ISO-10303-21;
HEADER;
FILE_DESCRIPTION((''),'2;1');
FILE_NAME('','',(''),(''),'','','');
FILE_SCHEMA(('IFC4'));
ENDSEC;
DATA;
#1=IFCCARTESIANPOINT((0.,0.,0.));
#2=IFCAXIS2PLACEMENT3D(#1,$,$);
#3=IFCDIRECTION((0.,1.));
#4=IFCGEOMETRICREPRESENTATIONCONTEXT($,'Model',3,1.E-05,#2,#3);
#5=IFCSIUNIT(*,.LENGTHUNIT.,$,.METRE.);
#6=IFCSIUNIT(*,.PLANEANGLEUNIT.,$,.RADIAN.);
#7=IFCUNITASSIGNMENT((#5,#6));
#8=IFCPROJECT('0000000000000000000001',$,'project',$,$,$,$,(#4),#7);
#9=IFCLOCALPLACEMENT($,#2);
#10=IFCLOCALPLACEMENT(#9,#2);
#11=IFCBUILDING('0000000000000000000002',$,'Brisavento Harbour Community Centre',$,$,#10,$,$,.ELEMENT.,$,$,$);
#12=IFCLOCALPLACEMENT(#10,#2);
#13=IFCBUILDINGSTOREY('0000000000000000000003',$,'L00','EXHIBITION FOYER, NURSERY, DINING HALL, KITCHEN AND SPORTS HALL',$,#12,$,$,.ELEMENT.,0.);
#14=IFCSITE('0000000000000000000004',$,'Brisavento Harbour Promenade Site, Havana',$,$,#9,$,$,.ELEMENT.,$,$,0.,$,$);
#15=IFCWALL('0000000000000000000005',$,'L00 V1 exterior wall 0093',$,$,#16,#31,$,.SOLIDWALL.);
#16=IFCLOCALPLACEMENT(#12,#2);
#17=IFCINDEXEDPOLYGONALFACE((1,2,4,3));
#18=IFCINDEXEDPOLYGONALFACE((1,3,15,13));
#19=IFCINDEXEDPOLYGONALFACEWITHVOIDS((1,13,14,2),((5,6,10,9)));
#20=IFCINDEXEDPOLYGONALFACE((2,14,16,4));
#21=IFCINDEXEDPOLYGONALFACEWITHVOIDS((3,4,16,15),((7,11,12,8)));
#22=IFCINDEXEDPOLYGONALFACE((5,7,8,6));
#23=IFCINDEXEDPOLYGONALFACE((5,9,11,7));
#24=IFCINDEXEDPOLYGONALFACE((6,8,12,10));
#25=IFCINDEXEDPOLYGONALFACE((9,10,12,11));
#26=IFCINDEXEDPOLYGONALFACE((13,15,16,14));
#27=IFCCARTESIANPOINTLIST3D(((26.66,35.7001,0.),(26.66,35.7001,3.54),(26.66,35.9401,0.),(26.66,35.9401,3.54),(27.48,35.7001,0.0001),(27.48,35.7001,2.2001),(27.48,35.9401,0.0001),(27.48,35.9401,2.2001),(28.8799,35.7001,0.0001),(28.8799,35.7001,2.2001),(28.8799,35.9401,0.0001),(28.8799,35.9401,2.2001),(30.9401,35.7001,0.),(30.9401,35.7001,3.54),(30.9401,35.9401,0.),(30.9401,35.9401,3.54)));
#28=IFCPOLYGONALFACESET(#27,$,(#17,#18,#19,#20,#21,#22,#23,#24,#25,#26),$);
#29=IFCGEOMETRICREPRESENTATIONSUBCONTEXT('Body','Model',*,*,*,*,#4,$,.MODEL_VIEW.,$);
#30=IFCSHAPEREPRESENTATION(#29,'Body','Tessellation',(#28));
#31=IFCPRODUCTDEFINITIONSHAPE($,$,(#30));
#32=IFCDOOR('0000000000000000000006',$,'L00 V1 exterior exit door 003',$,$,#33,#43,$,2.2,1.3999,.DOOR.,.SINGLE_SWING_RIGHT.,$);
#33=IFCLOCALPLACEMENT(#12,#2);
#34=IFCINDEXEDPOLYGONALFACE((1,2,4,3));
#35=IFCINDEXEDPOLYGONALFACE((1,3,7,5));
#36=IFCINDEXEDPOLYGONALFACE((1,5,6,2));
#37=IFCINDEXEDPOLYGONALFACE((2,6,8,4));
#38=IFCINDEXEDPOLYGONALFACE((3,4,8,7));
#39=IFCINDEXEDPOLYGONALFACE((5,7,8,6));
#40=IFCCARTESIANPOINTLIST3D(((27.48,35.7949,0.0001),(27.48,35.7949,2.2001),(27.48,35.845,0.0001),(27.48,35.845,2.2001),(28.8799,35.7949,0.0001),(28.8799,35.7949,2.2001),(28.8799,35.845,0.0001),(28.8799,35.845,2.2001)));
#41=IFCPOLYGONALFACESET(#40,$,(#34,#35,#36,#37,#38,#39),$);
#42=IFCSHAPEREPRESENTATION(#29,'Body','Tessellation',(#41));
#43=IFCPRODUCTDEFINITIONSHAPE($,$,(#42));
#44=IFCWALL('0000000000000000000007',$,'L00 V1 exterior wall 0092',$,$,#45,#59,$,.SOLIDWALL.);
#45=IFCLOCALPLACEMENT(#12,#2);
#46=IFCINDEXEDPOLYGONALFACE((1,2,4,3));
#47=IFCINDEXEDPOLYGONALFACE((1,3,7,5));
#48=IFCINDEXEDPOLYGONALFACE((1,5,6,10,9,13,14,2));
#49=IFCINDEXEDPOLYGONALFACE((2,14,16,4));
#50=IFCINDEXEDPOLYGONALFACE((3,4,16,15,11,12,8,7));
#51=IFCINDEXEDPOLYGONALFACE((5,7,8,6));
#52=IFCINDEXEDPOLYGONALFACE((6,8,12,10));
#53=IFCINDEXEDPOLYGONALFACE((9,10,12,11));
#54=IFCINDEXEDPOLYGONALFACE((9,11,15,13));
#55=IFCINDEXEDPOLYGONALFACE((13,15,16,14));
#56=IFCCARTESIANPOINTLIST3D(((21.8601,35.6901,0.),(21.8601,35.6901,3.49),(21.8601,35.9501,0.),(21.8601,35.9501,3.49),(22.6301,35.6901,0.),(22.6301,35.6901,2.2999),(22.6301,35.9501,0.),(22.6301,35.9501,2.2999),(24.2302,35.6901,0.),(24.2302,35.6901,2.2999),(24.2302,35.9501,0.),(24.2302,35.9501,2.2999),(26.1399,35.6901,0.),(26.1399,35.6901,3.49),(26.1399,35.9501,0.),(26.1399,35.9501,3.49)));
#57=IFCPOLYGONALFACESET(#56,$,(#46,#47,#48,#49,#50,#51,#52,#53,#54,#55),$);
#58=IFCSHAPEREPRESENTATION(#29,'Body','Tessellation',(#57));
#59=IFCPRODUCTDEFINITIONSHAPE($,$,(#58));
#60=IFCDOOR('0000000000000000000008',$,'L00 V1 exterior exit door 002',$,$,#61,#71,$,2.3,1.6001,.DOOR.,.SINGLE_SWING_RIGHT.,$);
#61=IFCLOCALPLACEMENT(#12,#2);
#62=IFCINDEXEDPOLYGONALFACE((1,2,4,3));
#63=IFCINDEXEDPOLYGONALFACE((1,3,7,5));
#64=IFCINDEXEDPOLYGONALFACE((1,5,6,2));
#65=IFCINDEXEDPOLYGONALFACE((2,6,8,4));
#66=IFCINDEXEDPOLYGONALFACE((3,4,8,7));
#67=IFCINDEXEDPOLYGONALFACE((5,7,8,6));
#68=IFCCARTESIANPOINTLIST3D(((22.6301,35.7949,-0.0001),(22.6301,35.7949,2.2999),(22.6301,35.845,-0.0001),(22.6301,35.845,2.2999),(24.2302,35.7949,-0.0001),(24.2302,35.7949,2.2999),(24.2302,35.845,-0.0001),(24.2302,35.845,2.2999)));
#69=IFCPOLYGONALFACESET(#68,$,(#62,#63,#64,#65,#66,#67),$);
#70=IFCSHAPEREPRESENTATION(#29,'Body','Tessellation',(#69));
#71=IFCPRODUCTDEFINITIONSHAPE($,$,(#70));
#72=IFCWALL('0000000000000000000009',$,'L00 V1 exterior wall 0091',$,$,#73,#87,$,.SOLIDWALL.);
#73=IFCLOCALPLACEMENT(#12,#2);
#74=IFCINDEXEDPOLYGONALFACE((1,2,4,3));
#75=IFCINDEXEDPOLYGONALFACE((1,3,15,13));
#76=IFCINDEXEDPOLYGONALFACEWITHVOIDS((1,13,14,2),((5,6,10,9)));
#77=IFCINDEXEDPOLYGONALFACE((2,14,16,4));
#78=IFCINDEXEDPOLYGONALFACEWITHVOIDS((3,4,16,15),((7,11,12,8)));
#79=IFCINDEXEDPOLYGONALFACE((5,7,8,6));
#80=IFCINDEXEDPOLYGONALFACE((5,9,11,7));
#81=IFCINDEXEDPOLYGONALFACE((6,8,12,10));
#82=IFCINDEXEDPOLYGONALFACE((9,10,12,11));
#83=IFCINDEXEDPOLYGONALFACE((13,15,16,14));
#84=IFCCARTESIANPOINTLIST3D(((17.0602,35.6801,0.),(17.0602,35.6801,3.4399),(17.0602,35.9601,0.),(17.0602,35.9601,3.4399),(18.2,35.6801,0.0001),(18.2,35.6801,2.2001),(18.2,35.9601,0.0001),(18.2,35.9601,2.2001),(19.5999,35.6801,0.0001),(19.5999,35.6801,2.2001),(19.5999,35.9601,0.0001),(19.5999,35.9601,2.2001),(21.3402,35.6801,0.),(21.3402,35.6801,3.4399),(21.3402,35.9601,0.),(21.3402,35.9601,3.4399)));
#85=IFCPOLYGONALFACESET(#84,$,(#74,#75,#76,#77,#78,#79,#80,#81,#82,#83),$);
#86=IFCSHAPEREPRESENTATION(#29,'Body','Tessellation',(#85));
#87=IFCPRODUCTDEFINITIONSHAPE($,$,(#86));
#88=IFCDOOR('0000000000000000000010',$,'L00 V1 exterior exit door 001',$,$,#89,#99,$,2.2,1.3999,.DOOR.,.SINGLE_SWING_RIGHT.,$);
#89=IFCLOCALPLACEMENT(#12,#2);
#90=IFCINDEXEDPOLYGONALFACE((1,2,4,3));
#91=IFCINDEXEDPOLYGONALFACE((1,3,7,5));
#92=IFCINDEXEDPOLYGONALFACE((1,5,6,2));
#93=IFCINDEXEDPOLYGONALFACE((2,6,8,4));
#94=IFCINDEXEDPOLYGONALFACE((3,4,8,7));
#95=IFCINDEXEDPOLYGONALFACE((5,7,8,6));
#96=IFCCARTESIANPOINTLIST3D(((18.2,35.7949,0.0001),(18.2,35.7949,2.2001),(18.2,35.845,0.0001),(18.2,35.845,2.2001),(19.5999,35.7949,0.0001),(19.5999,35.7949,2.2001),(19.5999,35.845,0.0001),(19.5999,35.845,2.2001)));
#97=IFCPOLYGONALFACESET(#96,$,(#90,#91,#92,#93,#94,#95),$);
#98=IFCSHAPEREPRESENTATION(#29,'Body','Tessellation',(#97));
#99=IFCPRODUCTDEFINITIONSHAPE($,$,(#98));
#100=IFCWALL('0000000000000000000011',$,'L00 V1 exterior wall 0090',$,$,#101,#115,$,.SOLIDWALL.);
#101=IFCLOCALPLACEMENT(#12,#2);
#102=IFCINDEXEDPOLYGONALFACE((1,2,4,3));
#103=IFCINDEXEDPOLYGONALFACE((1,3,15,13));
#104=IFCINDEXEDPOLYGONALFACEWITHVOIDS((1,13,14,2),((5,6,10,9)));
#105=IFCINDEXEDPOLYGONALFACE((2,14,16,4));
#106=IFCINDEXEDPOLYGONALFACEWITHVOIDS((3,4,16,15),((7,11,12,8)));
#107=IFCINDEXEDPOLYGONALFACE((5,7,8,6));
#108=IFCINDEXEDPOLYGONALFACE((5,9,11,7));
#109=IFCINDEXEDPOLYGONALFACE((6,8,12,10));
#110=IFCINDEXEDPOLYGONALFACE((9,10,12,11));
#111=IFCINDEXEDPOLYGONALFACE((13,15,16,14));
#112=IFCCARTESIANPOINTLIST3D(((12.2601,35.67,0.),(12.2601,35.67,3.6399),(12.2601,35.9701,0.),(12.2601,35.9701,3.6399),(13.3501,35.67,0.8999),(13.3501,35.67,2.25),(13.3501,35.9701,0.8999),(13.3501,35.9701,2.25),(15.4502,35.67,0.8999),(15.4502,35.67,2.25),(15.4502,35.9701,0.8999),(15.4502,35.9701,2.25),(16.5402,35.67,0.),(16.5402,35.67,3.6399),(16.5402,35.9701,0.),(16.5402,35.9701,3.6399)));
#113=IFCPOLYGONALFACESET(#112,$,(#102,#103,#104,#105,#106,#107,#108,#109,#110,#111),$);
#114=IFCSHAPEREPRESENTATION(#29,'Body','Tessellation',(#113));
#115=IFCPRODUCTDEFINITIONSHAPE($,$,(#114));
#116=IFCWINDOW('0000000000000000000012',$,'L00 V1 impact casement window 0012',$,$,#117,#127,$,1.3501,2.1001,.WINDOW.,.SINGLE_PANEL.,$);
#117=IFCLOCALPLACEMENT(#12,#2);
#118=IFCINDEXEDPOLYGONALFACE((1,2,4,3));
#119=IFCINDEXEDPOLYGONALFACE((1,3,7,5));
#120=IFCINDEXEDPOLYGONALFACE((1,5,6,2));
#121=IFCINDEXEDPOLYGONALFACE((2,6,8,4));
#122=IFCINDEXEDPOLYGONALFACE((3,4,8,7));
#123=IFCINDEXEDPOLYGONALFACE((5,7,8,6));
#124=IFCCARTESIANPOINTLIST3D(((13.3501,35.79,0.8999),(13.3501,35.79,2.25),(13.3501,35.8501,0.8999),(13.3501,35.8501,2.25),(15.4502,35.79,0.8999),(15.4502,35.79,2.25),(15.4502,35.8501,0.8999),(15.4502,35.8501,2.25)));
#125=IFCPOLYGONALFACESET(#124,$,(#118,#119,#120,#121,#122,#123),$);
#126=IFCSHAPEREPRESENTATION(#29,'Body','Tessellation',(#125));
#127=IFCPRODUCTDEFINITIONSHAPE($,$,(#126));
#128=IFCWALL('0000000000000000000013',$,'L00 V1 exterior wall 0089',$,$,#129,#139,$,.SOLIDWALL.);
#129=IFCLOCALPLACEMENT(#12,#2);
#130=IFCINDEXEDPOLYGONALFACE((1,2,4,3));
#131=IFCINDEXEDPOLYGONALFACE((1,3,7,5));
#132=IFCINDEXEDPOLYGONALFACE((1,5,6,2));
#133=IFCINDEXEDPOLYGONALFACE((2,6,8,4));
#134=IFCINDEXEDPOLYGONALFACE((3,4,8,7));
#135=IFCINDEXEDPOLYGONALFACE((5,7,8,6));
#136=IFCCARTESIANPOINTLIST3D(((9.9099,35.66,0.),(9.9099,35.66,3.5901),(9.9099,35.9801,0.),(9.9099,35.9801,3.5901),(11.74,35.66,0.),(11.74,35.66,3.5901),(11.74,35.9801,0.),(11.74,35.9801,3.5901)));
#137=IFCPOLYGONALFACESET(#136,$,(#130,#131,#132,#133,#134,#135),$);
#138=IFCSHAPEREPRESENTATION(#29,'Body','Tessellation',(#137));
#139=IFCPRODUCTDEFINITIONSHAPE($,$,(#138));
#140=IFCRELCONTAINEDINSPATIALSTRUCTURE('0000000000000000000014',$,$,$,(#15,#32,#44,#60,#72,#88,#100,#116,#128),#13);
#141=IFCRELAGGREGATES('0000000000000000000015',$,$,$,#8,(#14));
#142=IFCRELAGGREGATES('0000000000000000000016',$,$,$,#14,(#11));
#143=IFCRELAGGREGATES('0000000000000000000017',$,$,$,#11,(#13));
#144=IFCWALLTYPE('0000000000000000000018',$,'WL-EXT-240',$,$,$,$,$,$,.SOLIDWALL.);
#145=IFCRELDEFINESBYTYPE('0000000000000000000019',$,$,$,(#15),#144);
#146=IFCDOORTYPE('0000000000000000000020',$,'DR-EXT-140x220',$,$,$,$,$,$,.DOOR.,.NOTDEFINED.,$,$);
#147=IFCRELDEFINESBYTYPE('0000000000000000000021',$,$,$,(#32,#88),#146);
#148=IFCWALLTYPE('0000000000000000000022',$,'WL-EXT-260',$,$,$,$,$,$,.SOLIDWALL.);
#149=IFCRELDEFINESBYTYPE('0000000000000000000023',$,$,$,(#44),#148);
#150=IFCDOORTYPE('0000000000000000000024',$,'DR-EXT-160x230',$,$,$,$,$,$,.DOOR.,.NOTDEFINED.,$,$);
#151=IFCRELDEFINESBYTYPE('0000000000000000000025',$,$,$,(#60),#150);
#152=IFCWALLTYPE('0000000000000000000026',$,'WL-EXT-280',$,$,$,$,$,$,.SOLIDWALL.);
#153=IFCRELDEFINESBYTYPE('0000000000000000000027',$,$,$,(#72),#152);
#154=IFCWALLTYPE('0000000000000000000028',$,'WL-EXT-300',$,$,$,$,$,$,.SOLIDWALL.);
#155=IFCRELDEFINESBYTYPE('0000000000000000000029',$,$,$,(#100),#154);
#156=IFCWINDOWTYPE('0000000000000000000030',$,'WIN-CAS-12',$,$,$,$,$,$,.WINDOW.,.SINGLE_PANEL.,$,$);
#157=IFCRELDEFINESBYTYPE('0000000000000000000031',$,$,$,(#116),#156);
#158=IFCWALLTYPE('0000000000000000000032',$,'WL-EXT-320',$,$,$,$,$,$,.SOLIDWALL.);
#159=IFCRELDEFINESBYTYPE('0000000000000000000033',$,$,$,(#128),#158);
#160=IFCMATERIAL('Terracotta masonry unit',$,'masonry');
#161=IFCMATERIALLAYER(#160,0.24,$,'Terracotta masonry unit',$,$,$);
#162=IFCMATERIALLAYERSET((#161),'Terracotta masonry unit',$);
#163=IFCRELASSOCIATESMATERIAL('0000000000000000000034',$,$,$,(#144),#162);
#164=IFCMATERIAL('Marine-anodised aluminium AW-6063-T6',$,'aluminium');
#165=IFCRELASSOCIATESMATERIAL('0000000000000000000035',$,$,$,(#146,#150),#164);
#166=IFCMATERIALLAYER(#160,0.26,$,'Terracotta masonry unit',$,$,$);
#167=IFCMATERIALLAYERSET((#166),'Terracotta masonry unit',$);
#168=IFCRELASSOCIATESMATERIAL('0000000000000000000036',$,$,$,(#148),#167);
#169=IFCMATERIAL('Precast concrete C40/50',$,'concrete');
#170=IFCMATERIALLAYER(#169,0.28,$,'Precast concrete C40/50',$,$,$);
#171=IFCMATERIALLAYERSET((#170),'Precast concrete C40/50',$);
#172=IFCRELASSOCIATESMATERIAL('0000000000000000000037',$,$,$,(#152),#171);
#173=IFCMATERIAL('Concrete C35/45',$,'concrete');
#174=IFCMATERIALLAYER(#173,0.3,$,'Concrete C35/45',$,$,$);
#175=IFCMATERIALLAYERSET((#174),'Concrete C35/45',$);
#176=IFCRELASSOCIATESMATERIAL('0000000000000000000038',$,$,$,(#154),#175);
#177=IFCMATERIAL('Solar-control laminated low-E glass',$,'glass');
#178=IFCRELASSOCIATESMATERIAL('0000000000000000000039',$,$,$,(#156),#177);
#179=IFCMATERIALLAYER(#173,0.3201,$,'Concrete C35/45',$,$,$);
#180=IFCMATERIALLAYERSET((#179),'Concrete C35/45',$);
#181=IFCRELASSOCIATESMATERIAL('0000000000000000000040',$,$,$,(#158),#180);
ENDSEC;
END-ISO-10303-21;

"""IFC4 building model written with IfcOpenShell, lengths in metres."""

from ifc_helpers import new_model, si_unit, direction, frame, frame_2d, origin, place, context, subcontext, project, spatial, rectangle, extrude, material, layer, layer_set, type_object, element, fill, save


model = new_model("IFC4")

# Units and contexts
model_context = context("Model", 3, precision=1e-05, world=origin(), true_north=direction((0.0, 1.0)))
body_context = subcontext(model_context, "Body", "Model", "MODEL_VIEW")
ifc_project = project(units=[si_unit("LENGTHUNIT", "METRE"), si_unit("PLANEANGLEUNIT", "RADIAN")], contexts=[model_context])

# Site, building, storey
site_placement = place(None, origin())
site = spatial("IfcSite", under=ifc_project, at=site_placement, Name="Brisavento Harbour Promenade Site, Havana", CompositionType="ELEMENT", RefElevation=0.0)
building_placement = place(site_placement, origin())
building = spatial("IfcBuilding", under=site, at=building_placement, Name="Brisavento Harbour Community Centre", CompositionType="ELEMENT")
storey_placement = place(building_placement, origin())
storey = spatial("IfcBuildingStorey", under=building, at=storey_placement, Name="L00", Description="EXHIBITION FOYER, NURSERY, DINING HALL, KITCHEN AND SPORTS HALL", CompositionType="ELEMENT", Elevation=0.0)

# Shared definitions
ifc_material_1 = material(Name="Concrete C35/45", Category="concrete")

# Walls, openings, doors
ifc_material_2 = material(Name="Terracotta masonry unit", Category="masonry")
ifc_layer_1 = layer(ifc_material_2, 0.24, Name="Terracotta masonry unit")
ifc_layer_set_1 = layer_set([ifc_layer_1], Name="Terracotta masonry unit")
wall_type_1 = type_object("IfcWallType", Name="WL-EXT-240", PredefinedType="SOLIDWALL", material=ifc_layer_set_1)
wall_1_placement = place(storey_placement, frame((26.6599, 35.8201, 0.0), z_axis=(0.0, 0.0, 1.0), x_axis=(1.0, 0.0, 0.0)))
wall_1 = element("IfcWall", 1, at=wall_1_placement, inside=storey, type_object=wall_type_1, Name="L00 V1 exterior wall 0093", PredefinedType="SOLIDWALL", context=body_context, shape_type="SweptSolid", body=[
    extrude(rectangle(XDim=4.28, YDim=0.24, at=frame_2d((2.1401, 0.0))), origin(), (0.0, 0.0, 1.0), 3.54),
])
opening_1_placement = place(wall_1_placement, frame((0.8201, 0.0, 0.0)))
opening_1 = element("IfcOpeningElement", 2, at=opening_1_placement, cuts=wall_1, PredefinedType="OPENING", context=body_context, shape_type="SweptSolid", body=[
    extrude(rectangle(XDim=1.3999, YDim=2.2, at=frame_2d((0.7, 1.1001))), frame((0.0, 0.1299, 0.0), z_axis=(0.0, -1.0, 0.0), x_axis=(1.0, 0.0, 0.0)), (0.0, 0.0, 1.0), 0.26),
])
ifc_material_3 = material(Name="Marine-anodised aluminium AW-6063-T6", Category="aluminium")
door_type_1 = type_object("IfcDoorType", Name="DR-EXT-140x220", OperationType="NOTDEFINED", PredefinedType="DOOR", material=ifc_material_3)
door_1_placement = place(opening_1_placement, origin())
door_1 = element("IfcDoor", 3, at=door_1_placement, inside=storey, type_object=door_type_1, Name="L00 V1 exterior exit door 003", OperationType="SINGLE_SWING_RIGHT", OverallHeight=2.2, OverallWidth=1.3999, PredefinedType="DOOR", context=body_context, shape_type="SweptSolid", body=[
    extrude(rectangle(XDim=1.3999, YDim=2.2, at=frame_2d((0.7, 1.1001))), frame((0.0, 0.0249, 0.0), z_axis=(0.0, -1.0, 0.0), x_axis=(1.0, 0.0, 0.0)), (0.0, 0.0, 1.0), 0.05),
])
fill(opening_1, door_1)
ifc_layer_2 = layer(ifc_material_2, 0.26, Name="Terracotta masonry unit")
ifc_layer_set_2 = layer_set([ifc_layer_2], Name="Terracotta masonry unit")
wall_type_2 = type_object("IfcWallType", Name="WL-EXT-260", PredefinedType="SOLIDWALL", material=ifc_layer_set_2)
wall_2_placement = place(storey_placement, frame((21.8601, 35.8201, 0.0), z_axis=(0.0, 0.0, 1.0), x_axis=(1.0, 0.0, 0.0)))
wall_2 = element("IfcWall", 4, at=wall_2_placement, inside=storey, type_object=wall_type_2, Name="L00 V1 exterior wall 0092", PredefinedType="SOLIDWALL", context=body_context, shape_type="SweptSolid", body=[
    extrude(rectangle(XDim=4.2798, YDim=0.26, at=frame_2d((2.1399, 0.0))), origin(), (0.0, 0.0, 1.0), 3.49),
])
opening_2_placement = place(wall_2_placement, frame((0.77, 0.0, 0.0)))
opening_2 = element("IfcOpeningElement", 5, at=opening_2_placement, cuts=wall_2, PredefinedType="OPENING", context=body_context, shape_type="SweptSolid", body=[
    extrude(rectangle(XDim=1.6001, YDim=2.3, at=frame_2d((0.8, 1.1499))), frame((0.0, 0.1401, 0.0), z_axis=(0.0, -1.0, 0.0), x_axis=(1.0, 0.0, 0.0)), (0.0, 0.0, 1.0), 0.28),
])
door_type_2 = type_object("IfcDoorType", Name="DR-EXT-160x230", OperationType="NOTDEFINED", PredefinedType="DOOR", material=ifc_material_3)
door_2_placement = place(opening_2_placement, origin())
door_2 = element("IfcDoor", 6, at=door_2_placement, inside=storey, type_object=door_type_2, Name="L00 V1 exterior exit door 002", OperationType="SINGLE_SWING_RIGHT", OverallHeight=2.3, OverallWidth=1.6001, PredefinedType="DOOR", context=body_context, shape_type="SweptSolid", body=[
    extrude(rectangle(XDim=1.6001, YDim=2.3, at=frame_2d((0.8, 1.1499))), frame((0.0, 0.0249, 0.0), z_axis=(0.0, -1.0, 0.0), x_axis=(1.0, 0.0, 0.0)), (0.0, 0.0, 1.0), 0.05),
])
fill(opening_2, door_2)
ifc_material_4 = material(Name="Precast concrete C40/50", Category="concrete")
ifc_layer_3 = layer(ifc_material_4, 0.28, Name="Precast concrete C40/50")
ifc_layer_set_3 = layer_set([ifc_layer_3], Name="Precast concrete C40/50")
wall_type_3 = type_object("IfcWallType", Name="WL-EXT-280", PredefinedType="SOLIDWALL", material=ifc_layer_set_3)
wall_3_placement = place(storey_placement, frame((17.0601, 35.8201, 0.0), z_axis=(0.0, 0.0, 1.0), x_axis=(1.0, 0.0, 0.0)))
wall_3 = element("IfcWall", 7, at=wall_3_placement, inside=storey, type_object=wall_type_3, Name="L00 V1 exterior wall 0091", PredefinedType="SOLIDWALL", context=body_context, shape_type="SweptSolid", body=[
    extrude(rectangle(XDim=4.28, YDim=0.28, at=frame_2d((2.1401, 0.0))), origin(), (0.0, 0.0, 1.0), 3.4399),
])
opening_3_placement = place(wall_3_placement, frame((1.1399, 0.0, 0.0)))
opening_3 = element("IfcOpeningElement", 8, at=opening_3_placement, cuts=wall_3, PredefinedType="OPENING", context=body_context, shape_type="SweptSolid", body=[
    extrude(rectangle(XDim=1.3999, YDim=2.2, at=frame_2d((0.7, 1.1001))), frame((0.0, 0.1499, 0.0), z_axis=(0.0, -1.0, 0.0), x_axis=(1.0, 0.0, 0.0)), (0.0, 0.0, 1.0), 0.3),
])
door_3_placement = place(opening_3_placement, origin())
door_3 = element("IfcDoor", 9, at=door_3_placement, inside=storey, type_object=door_type_1, Name="L00 V1 exterior exit door 001", OperationType="SINGLE_SWING_RIGHT", OverallHeight=2.2, OverallWidth=1.3999, PredefinedType="DOOR", context=body_context, shape_type="SweptSolid", body=[
    extrude(rectangle(XDim=1.3999, YDim=2.2, at=frame_2d((0.7, 1.1001))), frame((0.0, 0.0249, 0.0), z_axis=(0.0, -1.0, 0.0), x_axis=(1.0, 0.0, 0.0)), (0.0, 0.0, 1.0), 0.05),
])
fill(opening_3, door_3)

# Wall, opening, window
ifc_layer_4 = layer(ifc_material_1, 0.3, Name="Concrete C35/45")
ifc_layer_set_4 = layer_set([ifc_layer_4], Name="Concrete C35/45")
wall_type_4 = type_object("IfcWallType", Name="WL-EXT-300", PredefinedType="SOLIDWALL", material=ifc_layer_set_4)
wall_4_placement = place(storey_placement, frame((12.26, 35.8201, 0.0), z_axis=(0.0, 0.0, 1.0), x_axis=(1.0, 0.0, 0.0)))
wall_4 = element("IfcWall", 10, at=wall_4_placement, inside=storey, type_object=wall_type_4, Name="L00 V1 exterior wall 0090", PredefinedType="SOLIDWALL", context=body_context, shape_type="SweptSolid", body=[
    extrude(rectangle(XDim=4.28, YDim=0.3, at=frame_2d((2.1401, 0.0))), origin(), (0.0, 0.0, 1.0), 3.6399),
])
opening_4_placement = place(wall_4_placement, frame((1.0901, 0.0, 0.8999)))
opening_4 = element("IfcOpeningElement", 11, at=opening_4_placement, cuts=wall_4, PredefinedType="OPENING", context=body_context, shape_type="SweptSolid", body=[
    extrude(rectangle(XDim=2.1001, YDim=1.3501, at=frame_2d((1.05, 0.675))), frame((0.0, 0.1602, 0.0), z_axis=(0.0, -1.0, 0.0), x_axis=(1.0, 0.0, 0.0)), (0.0, 0.0, 1.0), 0.3201),
])
ifc_material_5 = material(Name="Solar-control laminated low-E glass", Category="glass")
window_type = type_object("IfcWindowType", Name="WIN-CAS-12", PartitioningType="SINGLE_PANEL", PredefinedType="WINDOW", material=ifc_material_5)
window_placement = place(opening_4_placement, origin())
window = element("IfcWindow", 12, at=window_placement, inside=storey, type_object=window_type, Name="L00 V1 impact casement window 0012", OverallHeight=1.3501, OverallWidth=2.1001, PartitioningType="SINGLE_PANEL", PredefinedType="WINDOW", context=body_context, shape_type="SweptSolid", body=[
    extrude(rectangle(XDim=2.1001, YDim=1.3501, at=frame_2d((1.05, 0.675))), frame((0.0, 0.03, 0.0), z_axis=(0.0, -1.0, 0.0), x_axis=(1.0, 0.0, 0.0)), (0.0, 0.0, 1.0), 0.0601),
])
fill(opening_4, window)

# Wall
ifc_layer_5 = layer(ifc_material_1, 0.3201, Name="Concrete C35/45")
ifc_layer_set_5 = layer_set([ifc_layer_5], Name="Concrete C35/45")
wall_type_5 = type_object("IfcWallType", Name="WL-EXT-320", PredefinedType="SOLIDWALL", material=ifc_layer_set_5)
wall_5_placement = place(storey_placement, frame((9.9099, 35.8201, 0.0), z_axis=(0.0, 0.0, 1.0), x_axis=(1.0, 0.0, 0.0)))
element("IfcWall", 13, at=wall_5_placement, inside=storey, type_object=wall_type_5, Name="L00 V1 exterior wall 0089", PredefinedType="SOLIDWALL", context=body_context, shape_type="SweptSolid", body=[
    extrude(rectangle(XDim=1.8301, YDim=0.3201, at=frame_2d((0.915, 0.0))), origin(), (0.0, 0.0, 1.0), 3.5901),
])

save(model, "model.ifc")
